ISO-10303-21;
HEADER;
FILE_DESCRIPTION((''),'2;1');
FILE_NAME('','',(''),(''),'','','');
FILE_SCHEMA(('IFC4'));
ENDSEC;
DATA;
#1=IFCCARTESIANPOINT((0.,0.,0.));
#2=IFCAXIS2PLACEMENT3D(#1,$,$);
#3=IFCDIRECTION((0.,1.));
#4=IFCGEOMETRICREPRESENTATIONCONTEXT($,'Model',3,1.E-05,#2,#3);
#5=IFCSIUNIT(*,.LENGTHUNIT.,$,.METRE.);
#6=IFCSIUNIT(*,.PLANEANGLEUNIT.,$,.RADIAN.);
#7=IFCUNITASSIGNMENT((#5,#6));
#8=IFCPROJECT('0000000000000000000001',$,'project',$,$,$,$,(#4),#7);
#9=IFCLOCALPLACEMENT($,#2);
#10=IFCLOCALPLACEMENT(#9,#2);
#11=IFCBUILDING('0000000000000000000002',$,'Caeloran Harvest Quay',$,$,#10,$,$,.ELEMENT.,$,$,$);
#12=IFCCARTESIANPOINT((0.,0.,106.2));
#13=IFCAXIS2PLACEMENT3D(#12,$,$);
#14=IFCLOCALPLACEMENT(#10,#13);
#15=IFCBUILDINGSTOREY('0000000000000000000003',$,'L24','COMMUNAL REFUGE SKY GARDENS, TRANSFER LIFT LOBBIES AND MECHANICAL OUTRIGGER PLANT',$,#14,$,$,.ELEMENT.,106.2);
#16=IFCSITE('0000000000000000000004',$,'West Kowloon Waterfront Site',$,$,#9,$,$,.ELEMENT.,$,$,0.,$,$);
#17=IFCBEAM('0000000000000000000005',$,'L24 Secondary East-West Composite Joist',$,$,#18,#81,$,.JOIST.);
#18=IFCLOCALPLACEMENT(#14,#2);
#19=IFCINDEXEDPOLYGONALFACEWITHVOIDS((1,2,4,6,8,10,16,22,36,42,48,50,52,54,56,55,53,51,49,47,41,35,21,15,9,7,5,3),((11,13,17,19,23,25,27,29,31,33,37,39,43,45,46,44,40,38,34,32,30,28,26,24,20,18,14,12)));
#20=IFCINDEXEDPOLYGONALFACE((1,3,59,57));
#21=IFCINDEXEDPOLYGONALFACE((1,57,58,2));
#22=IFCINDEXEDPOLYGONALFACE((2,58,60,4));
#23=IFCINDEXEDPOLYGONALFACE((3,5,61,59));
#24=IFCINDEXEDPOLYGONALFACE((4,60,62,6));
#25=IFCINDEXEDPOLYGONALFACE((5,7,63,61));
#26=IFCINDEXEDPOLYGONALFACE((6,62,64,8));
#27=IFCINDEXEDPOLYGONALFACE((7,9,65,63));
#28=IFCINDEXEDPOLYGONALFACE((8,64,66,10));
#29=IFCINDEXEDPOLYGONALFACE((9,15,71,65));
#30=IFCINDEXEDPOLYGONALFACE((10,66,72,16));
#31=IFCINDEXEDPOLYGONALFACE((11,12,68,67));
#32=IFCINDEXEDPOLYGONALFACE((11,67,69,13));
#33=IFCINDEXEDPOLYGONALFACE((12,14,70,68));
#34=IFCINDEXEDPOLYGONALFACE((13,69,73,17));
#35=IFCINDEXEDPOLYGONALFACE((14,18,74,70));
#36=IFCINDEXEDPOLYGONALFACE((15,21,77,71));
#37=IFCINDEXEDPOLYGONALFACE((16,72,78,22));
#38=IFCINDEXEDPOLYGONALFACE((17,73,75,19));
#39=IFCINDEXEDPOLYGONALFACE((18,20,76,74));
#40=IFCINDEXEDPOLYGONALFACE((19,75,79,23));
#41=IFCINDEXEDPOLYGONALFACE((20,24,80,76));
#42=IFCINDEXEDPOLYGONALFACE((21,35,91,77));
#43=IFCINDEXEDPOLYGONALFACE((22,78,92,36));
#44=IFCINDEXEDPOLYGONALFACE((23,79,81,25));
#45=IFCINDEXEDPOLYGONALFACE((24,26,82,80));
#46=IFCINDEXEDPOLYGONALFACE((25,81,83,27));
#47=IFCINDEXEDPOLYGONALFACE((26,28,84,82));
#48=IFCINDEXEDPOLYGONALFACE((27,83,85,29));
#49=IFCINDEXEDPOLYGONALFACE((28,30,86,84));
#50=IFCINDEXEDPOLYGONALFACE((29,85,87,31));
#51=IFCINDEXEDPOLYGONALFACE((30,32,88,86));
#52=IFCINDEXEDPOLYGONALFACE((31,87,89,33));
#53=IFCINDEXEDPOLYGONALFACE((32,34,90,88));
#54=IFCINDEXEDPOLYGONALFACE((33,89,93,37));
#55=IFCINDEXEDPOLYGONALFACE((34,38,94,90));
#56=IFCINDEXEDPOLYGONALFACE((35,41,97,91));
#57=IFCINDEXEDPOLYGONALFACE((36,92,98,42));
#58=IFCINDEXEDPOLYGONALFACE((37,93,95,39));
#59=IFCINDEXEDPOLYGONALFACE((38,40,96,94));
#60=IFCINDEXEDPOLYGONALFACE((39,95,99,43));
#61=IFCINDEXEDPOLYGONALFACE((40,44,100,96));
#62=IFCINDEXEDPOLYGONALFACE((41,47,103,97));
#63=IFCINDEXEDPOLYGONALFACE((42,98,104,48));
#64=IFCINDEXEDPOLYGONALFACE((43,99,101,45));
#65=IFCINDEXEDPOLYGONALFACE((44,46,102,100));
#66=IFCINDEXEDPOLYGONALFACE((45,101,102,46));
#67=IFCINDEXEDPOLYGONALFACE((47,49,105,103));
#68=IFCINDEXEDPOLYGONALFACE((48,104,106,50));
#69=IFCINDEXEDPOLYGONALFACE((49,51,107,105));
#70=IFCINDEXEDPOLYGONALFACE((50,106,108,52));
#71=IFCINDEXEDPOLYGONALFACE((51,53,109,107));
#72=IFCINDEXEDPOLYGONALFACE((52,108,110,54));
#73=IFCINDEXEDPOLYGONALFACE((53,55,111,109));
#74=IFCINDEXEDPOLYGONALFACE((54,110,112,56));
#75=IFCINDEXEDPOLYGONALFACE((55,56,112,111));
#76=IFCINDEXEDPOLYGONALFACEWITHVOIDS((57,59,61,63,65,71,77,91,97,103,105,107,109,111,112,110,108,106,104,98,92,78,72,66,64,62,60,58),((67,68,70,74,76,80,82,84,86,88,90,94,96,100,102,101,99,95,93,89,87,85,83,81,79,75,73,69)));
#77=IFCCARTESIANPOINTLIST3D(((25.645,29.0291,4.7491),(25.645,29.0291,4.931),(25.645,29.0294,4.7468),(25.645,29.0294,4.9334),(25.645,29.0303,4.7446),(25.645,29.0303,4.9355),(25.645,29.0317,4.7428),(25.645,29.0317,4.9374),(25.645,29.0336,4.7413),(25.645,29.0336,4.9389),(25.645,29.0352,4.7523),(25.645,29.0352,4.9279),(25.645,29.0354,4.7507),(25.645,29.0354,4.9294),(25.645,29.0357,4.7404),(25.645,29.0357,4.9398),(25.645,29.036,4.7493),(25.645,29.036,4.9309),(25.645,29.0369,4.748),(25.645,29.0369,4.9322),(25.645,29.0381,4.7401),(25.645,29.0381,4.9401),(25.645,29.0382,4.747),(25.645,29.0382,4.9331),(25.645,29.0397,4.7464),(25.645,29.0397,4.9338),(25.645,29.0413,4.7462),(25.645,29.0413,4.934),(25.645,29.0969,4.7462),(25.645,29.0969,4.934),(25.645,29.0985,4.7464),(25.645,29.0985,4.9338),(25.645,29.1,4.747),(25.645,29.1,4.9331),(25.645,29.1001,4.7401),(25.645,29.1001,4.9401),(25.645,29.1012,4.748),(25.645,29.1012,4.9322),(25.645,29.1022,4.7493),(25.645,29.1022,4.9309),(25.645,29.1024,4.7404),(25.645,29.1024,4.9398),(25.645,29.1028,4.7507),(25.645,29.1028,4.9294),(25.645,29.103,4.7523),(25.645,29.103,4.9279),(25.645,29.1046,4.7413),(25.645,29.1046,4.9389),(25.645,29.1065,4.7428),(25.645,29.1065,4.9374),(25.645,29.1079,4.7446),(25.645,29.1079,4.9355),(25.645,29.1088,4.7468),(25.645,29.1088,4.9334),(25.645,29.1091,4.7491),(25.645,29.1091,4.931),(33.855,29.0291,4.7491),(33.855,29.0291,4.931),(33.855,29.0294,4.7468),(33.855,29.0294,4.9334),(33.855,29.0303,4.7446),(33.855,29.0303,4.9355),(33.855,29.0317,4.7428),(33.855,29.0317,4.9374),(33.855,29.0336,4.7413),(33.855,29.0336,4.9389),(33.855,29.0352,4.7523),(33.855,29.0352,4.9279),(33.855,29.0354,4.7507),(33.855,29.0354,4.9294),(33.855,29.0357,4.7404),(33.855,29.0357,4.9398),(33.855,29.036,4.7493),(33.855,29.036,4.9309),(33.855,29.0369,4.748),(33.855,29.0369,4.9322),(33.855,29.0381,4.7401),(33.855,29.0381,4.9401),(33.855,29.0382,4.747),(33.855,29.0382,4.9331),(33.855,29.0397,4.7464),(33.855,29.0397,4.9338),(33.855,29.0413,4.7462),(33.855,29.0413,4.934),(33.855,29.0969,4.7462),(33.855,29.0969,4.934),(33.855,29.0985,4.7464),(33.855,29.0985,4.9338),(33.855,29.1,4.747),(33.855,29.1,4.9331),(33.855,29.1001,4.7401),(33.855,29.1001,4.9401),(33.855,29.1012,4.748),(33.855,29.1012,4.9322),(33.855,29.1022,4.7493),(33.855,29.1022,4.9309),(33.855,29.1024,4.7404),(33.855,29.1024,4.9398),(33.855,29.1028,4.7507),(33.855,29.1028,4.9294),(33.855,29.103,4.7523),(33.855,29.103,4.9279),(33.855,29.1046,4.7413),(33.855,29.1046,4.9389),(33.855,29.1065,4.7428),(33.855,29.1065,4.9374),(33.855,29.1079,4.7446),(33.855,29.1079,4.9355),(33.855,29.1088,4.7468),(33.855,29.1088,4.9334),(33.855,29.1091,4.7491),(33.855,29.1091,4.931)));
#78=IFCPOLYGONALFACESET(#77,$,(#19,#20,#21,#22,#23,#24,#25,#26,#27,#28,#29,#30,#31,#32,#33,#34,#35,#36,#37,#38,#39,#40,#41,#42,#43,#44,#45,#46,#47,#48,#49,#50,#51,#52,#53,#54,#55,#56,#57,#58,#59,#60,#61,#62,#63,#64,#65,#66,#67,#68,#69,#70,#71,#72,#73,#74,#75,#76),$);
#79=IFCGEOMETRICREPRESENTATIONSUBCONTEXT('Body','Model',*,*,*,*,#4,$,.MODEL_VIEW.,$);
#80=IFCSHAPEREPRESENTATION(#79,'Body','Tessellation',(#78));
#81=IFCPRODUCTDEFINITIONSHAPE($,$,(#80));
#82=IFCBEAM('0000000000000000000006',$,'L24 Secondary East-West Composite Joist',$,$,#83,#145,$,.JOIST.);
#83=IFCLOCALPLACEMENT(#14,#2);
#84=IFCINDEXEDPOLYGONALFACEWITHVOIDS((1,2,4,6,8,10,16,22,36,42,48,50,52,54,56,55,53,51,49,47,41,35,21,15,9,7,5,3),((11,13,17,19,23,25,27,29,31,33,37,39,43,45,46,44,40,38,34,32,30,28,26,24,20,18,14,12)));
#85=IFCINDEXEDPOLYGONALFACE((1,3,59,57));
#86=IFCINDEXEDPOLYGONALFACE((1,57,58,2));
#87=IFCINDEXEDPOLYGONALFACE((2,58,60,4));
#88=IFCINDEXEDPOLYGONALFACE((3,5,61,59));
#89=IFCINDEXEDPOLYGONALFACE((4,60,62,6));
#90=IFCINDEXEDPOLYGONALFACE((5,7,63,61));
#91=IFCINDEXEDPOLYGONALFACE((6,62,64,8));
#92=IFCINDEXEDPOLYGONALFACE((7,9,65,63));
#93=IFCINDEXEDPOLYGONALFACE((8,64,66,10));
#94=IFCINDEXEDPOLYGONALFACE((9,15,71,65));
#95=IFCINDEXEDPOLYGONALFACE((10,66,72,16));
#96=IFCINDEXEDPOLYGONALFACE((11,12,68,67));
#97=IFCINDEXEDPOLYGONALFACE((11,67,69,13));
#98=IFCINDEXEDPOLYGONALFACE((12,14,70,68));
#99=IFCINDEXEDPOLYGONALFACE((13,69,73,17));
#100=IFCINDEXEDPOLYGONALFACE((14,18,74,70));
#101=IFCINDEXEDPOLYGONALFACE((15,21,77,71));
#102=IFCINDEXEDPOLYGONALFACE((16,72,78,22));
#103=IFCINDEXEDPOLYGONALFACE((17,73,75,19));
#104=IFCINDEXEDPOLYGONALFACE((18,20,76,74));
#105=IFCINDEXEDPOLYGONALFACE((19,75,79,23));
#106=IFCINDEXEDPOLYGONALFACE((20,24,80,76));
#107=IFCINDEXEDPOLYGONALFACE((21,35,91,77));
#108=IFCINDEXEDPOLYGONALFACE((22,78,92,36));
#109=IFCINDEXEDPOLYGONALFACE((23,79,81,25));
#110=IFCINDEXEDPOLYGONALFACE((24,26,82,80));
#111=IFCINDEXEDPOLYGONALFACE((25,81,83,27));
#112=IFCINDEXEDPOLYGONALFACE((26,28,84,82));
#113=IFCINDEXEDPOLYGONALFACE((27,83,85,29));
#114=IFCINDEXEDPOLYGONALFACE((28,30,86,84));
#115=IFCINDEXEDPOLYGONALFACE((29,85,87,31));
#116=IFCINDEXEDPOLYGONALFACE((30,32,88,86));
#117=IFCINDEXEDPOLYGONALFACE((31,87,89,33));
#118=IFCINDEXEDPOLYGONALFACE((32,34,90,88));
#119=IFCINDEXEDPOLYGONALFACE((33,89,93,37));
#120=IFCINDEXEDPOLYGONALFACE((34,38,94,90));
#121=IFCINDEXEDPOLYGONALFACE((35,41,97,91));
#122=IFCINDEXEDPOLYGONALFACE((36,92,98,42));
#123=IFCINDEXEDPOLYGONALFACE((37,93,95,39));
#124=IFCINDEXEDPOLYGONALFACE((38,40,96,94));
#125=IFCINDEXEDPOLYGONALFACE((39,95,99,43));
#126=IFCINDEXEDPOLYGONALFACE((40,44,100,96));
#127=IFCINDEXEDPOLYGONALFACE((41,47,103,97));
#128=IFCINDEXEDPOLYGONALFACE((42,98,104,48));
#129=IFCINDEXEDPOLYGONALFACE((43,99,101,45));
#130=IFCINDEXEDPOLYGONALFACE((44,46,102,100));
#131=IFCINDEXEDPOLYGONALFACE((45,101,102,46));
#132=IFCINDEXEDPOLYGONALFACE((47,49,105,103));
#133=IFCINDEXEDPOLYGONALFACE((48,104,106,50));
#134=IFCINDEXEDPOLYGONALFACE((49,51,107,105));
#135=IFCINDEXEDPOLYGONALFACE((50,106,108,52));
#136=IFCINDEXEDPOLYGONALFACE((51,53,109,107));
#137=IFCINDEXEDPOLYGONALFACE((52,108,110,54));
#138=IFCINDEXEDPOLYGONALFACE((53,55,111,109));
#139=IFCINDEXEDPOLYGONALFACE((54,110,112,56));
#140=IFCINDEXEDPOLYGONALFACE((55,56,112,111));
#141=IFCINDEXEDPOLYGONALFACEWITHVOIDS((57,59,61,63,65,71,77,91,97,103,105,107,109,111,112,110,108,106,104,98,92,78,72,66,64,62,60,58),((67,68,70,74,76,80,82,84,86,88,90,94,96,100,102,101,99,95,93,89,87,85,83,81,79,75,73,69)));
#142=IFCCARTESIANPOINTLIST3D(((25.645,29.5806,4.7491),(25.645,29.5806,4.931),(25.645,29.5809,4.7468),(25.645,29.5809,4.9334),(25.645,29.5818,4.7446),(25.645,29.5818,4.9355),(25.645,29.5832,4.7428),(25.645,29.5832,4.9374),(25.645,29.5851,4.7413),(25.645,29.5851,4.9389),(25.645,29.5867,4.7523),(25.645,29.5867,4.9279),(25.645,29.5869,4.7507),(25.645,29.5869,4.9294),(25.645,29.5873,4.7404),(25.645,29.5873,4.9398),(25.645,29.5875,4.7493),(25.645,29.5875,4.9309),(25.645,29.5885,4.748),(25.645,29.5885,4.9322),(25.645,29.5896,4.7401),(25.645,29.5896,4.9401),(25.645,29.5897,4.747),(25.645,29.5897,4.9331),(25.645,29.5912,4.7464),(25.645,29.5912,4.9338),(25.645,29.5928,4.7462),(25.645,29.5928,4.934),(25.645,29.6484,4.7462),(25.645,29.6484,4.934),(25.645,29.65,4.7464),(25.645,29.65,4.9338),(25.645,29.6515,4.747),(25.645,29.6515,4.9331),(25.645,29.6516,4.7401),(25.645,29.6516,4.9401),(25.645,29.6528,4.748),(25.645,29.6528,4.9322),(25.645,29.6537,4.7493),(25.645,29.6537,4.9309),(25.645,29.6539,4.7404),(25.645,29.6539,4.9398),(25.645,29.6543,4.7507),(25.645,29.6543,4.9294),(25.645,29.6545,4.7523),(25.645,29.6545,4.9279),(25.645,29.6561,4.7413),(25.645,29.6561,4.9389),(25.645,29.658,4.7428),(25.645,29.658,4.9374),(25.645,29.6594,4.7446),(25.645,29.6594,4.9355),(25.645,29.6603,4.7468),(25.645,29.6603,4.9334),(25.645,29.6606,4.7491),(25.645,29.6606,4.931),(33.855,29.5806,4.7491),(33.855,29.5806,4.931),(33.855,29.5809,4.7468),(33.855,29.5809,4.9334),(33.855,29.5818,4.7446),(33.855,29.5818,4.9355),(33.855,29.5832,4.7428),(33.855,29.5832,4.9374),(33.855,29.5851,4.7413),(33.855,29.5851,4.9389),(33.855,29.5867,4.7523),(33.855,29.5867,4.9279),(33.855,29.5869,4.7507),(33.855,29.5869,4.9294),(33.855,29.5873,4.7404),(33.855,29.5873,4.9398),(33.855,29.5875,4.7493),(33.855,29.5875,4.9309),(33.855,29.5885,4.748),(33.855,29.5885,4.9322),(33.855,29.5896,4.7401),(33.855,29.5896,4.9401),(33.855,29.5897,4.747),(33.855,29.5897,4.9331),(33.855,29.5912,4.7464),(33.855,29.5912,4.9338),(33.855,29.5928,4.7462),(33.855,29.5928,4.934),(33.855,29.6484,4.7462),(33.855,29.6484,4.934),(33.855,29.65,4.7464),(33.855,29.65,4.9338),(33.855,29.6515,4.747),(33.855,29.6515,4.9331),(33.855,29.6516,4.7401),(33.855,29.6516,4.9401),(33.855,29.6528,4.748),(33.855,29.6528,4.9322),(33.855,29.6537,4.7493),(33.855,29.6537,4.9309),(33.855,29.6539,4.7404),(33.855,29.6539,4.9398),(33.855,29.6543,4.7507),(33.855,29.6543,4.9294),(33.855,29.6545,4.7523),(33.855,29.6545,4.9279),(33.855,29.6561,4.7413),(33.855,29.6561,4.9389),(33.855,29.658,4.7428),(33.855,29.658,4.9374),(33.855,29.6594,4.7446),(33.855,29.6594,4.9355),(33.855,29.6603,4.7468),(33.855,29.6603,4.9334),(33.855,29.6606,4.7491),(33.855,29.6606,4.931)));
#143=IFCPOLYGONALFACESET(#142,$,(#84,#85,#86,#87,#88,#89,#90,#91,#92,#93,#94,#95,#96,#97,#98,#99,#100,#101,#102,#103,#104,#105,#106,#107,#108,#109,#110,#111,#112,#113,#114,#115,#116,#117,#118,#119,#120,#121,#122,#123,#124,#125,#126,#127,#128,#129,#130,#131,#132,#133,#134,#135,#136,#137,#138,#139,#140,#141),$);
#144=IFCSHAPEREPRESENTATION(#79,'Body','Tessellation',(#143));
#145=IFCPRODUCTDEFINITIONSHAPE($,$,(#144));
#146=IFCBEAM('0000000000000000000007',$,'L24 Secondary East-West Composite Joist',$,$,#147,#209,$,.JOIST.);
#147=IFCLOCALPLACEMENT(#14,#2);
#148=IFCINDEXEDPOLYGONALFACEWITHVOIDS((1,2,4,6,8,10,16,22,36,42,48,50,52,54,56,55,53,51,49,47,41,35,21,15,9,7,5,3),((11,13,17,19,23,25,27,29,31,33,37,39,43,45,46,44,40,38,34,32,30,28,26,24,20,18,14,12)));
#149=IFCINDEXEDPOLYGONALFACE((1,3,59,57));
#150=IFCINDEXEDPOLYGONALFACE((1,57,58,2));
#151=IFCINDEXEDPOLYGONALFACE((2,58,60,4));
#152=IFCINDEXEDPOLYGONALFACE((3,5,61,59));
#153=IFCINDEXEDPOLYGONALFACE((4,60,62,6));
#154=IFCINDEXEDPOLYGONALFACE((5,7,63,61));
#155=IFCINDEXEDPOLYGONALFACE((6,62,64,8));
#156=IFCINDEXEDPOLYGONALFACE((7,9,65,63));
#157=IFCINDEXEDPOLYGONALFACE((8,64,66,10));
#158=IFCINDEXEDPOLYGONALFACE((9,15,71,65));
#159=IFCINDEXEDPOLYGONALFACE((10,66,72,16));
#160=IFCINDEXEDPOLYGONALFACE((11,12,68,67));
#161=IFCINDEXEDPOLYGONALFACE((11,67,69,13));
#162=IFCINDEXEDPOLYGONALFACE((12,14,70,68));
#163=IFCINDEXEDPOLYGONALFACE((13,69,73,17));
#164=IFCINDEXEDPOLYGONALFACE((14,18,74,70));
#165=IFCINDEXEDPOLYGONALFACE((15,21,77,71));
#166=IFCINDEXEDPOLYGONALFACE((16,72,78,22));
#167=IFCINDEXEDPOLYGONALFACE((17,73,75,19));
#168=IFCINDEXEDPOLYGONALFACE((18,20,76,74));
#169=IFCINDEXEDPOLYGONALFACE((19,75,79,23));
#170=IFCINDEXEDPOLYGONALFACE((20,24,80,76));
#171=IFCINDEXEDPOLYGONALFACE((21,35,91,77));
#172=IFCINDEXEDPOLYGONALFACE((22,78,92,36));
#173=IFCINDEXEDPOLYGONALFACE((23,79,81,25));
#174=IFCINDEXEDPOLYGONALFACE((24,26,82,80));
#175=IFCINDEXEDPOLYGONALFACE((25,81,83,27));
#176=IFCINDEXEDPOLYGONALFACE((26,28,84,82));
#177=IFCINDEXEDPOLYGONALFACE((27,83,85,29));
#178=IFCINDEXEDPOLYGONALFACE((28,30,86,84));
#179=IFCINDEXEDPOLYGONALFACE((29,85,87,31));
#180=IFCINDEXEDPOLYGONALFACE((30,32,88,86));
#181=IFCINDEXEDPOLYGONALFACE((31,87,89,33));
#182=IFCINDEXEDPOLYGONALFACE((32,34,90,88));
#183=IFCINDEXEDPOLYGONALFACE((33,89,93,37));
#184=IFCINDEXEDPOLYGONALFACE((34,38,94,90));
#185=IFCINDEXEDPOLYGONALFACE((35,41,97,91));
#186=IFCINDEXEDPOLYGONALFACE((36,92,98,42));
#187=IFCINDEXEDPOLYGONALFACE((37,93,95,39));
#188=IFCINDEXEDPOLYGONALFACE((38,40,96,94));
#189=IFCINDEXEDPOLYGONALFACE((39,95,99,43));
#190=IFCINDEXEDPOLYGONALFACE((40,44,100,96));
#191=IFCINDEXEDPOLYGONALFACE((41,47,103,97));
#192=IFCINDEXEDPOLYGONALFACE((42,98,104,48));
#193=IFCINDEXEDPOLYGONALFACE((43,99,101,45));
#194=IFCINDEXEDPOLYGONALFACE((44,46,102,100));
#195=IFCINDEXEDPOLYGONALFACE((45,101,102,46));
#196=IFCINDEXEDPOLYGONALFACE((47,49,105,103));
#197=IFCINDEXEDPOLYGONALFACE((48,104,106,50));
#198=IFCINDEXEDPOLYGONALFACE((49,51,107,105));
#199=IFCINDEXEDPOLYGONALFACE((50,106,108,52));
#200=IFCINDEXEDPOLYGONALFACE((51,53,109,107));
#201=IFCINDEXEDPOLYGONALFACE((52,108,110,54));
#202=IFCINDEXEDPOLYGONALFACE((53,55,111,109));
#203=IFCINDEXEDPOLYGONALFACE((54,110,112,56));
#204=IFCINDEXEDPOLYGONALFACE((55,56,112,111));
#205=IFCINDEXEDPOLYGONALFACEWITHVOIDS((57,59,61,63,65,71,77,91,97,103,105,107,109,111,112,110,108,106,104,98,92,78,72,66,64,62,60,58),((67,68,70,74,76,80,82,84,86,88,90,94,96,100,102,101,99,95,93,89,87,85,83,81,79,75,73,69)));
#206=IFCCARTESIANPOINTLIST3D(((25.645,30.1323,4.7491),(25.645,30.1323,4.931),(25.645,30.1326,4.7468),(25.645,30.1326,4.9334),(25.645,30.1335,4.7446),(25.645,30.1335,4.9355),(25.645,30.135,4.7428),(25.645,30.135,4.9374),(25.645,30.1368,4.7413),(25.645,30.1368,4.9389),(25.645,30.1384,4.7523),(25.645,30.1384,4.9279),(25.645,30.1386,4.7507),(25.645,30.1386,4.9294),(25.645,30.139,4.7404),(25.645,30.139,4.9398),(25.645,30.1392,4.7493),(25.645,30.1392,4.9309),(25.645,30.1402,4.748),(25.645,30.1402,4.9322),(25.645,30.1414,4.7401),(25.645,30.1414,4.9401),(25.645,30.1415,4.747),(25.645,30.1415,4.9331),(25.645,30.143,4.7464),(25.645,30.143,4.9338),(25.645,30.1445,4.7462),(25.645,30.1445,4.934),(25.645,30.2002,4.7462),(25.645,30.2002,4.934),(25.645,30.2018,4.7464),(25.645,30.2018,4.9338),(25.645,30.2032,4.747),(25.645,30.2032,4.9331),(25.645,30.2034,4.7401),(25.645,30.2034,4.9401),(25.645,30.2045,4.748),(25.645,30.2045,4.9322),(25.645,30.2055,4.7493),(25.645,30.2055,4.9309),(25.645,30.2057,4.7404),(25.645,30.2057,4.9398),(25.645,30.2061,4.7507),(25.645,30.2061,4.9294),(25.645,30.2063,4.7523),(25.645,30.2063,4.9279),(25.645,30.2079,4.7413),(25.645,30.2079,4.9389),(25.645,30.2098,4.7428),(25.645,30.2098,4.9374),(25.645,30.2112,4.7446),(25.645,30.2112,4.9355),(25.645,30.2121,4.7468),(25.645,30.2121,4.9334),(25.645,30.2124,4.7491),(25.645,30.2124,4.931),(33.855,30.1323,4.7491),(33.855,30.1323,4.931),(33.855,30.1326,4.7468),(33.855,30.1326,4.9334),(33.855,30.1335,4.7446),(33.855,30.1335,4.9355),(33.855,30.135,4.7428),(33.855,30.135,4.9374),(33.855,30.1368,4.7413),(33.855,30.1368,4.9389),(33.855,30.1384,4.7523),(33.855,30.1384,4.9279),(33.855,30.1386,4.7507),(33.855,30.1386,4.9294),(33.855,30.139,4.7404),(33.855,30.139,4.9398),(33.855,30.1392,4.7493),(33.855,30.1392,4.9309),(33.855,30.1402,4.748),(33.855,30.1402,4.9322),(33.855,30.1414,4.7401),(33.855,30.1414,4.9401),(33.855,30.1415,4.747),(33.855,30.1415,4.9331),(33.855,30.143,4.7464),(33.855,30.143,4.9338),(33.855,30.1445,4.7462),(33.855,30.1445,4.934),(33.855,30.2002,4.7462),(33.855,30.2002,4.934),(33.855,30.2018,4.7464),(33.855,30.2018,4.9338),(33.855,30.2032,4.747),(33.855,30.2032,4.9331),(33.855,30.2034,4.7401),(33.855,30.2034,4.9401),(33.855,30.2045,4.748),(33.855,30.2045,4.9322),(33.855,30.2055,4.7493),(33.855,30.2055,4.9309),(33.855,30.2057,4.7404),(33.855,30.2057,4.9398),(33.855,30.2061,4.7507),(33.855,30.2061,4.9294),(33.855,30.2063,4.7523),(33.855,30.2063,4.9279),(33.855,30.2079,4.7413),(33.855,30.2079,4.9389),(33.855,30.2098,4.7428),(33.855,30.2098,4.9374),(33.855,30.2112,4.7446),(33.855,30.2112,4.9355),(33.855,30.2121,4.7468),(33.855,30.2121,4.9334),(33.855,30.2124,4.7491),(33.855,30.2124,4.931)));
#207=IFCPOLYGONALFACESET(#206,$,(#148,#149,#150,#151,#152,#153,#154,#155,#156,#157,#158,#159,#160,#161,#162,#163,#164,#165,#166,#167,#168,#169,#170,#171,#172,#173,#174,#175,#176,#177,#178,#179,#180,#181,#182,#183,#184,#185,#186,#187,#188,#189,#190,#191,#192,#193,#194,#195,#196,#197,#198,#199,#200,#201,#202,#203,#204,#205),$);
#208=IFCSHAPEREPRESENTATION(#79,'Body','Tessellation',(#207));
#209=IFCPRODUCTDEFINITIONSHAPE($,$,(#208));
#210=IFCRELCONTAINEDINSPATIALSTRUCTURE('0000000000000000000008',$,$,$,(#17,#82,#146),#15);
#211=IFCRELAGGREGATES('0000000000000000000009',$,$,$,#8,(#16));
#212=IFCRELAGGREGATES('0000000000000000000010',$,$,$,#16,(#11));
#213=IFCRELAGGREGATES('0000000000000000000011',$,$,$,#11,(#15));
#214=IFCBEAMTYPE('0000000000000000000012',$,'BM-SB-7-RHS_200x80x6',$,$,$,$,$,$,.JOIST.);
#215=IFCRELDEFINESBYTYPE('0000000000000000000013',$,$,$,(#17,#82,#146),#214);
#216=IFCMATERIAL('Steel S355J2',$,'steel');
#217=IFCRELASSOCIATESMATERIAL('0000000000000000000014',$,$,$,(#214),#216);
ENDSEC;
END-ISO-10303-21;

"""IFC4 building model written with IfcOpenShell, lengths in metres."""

from ifc_helpers import new_model, si_unit, direction, frame, origin, origin_2d, place, context, subcontext, project, spatial, hollow_rectangle, extrude, material, material_profile, profile_set, type_object, element, save


model = new_model("IFC4")

# Units and contexts
model_context = context("Model", 3, precision=1e-05, world=origin(), true_north=direction((0.0, 1.0)))
body_context = subcontext(model_context, "Body", "Model", "MODEL_VIEW")
ifc_project = project(units=[si_unit("LENGTHUNIT", "METRE"), si_unit("PLANEANGLEUNIT", "RADIAN")], contexts=[model_context])

# Site, building, storey
site_placement = place(None, origin())
site = spatial("IfcSite", under=ifc_project, at=site_placement, Name="West Kowloon Waterfront Site", CompositionType="ELEMENT", RefElevation=0.0)
building_placement = place(site_placement, origin())
building = spatial("IfcBuilding", under=site, at=building_placement, Name="Caeloran Harvest Quay", CompositionType="ELEMENT")
storey_placement = place(building_placement, frame((0.0, 0.0, 106.2)))
storey = spatial("IfcBuildingStorey", under=building, at=storey_placement, Name="L24", Description="COMMUNAL REFUGE SKY GARDENS, TRANSFER LIFT LOBBIES AND MECHANICAL OUTRIGGER PLANT", CompositionType="ELEMENT", Elevation=106.2)

# Beams
ifc_material_1 = material(Name="Steel S355J2", Category="steel")
ifc_material_profile_1 = material_profile(ifc_material_1, hollow_rectangle(XDim=0.0801, YDim=0.2, WallThickness=0.0061, InnerFilletRadius=0.0061, OuterFilletRadius=0.009, at=origin_2d()), Name="RHS 200x80x6")
ifc_profile_set_1 = profile_set([ifc_material_profile_1], Name="Steel S355J2")
beam_type_1 = type_object("IfcBeamType", Name="BM-SB-7-RHS_200x80x6", PredefinedType="JOIST", material=ifc_profile_set_1)
for number, where, z_axis, x_axis, name in (
    (1, (25.645, 29.0691, 4.8401), (1.0, 0.0, 0.0), (0.0, 1.0, 0.0), "L24 Secondary East-West Composite Joist"),
    (2, (25.645, 29.6206, 4.8401), (1.0, 0.0, 0.0), (0.0, 1.0, 0.0), "L24 Secondary East-West Composite Joist"),
    (3, (25.645, 30.1724, 4.8401), (1.0, 0.0, 0.0), (0.0, 1.0, 0.0), "L24 Secondary East-West Composite Joist"),
):
    element("IfcBeam", number, at=place(storey_placement, frame(where, z_axis=z_axis, x_axis=x_axis)), inside=storey, type_object=beam_type_1, Name=name, PredefinedType="JOIST", context=body_context, shape_type="SweptSolid", body=[
        extrude(hollow_rectangle(XDim=0.0801, YDim=0.2, WallThickness=0.0061, InnerFilletRadius=0.0061, OuterFilletRadius=0.009, at=origin_2d()), origin(), (0.0, 0.0, 1.0), 8.21),
    ])

save(model, "model.ifc")
